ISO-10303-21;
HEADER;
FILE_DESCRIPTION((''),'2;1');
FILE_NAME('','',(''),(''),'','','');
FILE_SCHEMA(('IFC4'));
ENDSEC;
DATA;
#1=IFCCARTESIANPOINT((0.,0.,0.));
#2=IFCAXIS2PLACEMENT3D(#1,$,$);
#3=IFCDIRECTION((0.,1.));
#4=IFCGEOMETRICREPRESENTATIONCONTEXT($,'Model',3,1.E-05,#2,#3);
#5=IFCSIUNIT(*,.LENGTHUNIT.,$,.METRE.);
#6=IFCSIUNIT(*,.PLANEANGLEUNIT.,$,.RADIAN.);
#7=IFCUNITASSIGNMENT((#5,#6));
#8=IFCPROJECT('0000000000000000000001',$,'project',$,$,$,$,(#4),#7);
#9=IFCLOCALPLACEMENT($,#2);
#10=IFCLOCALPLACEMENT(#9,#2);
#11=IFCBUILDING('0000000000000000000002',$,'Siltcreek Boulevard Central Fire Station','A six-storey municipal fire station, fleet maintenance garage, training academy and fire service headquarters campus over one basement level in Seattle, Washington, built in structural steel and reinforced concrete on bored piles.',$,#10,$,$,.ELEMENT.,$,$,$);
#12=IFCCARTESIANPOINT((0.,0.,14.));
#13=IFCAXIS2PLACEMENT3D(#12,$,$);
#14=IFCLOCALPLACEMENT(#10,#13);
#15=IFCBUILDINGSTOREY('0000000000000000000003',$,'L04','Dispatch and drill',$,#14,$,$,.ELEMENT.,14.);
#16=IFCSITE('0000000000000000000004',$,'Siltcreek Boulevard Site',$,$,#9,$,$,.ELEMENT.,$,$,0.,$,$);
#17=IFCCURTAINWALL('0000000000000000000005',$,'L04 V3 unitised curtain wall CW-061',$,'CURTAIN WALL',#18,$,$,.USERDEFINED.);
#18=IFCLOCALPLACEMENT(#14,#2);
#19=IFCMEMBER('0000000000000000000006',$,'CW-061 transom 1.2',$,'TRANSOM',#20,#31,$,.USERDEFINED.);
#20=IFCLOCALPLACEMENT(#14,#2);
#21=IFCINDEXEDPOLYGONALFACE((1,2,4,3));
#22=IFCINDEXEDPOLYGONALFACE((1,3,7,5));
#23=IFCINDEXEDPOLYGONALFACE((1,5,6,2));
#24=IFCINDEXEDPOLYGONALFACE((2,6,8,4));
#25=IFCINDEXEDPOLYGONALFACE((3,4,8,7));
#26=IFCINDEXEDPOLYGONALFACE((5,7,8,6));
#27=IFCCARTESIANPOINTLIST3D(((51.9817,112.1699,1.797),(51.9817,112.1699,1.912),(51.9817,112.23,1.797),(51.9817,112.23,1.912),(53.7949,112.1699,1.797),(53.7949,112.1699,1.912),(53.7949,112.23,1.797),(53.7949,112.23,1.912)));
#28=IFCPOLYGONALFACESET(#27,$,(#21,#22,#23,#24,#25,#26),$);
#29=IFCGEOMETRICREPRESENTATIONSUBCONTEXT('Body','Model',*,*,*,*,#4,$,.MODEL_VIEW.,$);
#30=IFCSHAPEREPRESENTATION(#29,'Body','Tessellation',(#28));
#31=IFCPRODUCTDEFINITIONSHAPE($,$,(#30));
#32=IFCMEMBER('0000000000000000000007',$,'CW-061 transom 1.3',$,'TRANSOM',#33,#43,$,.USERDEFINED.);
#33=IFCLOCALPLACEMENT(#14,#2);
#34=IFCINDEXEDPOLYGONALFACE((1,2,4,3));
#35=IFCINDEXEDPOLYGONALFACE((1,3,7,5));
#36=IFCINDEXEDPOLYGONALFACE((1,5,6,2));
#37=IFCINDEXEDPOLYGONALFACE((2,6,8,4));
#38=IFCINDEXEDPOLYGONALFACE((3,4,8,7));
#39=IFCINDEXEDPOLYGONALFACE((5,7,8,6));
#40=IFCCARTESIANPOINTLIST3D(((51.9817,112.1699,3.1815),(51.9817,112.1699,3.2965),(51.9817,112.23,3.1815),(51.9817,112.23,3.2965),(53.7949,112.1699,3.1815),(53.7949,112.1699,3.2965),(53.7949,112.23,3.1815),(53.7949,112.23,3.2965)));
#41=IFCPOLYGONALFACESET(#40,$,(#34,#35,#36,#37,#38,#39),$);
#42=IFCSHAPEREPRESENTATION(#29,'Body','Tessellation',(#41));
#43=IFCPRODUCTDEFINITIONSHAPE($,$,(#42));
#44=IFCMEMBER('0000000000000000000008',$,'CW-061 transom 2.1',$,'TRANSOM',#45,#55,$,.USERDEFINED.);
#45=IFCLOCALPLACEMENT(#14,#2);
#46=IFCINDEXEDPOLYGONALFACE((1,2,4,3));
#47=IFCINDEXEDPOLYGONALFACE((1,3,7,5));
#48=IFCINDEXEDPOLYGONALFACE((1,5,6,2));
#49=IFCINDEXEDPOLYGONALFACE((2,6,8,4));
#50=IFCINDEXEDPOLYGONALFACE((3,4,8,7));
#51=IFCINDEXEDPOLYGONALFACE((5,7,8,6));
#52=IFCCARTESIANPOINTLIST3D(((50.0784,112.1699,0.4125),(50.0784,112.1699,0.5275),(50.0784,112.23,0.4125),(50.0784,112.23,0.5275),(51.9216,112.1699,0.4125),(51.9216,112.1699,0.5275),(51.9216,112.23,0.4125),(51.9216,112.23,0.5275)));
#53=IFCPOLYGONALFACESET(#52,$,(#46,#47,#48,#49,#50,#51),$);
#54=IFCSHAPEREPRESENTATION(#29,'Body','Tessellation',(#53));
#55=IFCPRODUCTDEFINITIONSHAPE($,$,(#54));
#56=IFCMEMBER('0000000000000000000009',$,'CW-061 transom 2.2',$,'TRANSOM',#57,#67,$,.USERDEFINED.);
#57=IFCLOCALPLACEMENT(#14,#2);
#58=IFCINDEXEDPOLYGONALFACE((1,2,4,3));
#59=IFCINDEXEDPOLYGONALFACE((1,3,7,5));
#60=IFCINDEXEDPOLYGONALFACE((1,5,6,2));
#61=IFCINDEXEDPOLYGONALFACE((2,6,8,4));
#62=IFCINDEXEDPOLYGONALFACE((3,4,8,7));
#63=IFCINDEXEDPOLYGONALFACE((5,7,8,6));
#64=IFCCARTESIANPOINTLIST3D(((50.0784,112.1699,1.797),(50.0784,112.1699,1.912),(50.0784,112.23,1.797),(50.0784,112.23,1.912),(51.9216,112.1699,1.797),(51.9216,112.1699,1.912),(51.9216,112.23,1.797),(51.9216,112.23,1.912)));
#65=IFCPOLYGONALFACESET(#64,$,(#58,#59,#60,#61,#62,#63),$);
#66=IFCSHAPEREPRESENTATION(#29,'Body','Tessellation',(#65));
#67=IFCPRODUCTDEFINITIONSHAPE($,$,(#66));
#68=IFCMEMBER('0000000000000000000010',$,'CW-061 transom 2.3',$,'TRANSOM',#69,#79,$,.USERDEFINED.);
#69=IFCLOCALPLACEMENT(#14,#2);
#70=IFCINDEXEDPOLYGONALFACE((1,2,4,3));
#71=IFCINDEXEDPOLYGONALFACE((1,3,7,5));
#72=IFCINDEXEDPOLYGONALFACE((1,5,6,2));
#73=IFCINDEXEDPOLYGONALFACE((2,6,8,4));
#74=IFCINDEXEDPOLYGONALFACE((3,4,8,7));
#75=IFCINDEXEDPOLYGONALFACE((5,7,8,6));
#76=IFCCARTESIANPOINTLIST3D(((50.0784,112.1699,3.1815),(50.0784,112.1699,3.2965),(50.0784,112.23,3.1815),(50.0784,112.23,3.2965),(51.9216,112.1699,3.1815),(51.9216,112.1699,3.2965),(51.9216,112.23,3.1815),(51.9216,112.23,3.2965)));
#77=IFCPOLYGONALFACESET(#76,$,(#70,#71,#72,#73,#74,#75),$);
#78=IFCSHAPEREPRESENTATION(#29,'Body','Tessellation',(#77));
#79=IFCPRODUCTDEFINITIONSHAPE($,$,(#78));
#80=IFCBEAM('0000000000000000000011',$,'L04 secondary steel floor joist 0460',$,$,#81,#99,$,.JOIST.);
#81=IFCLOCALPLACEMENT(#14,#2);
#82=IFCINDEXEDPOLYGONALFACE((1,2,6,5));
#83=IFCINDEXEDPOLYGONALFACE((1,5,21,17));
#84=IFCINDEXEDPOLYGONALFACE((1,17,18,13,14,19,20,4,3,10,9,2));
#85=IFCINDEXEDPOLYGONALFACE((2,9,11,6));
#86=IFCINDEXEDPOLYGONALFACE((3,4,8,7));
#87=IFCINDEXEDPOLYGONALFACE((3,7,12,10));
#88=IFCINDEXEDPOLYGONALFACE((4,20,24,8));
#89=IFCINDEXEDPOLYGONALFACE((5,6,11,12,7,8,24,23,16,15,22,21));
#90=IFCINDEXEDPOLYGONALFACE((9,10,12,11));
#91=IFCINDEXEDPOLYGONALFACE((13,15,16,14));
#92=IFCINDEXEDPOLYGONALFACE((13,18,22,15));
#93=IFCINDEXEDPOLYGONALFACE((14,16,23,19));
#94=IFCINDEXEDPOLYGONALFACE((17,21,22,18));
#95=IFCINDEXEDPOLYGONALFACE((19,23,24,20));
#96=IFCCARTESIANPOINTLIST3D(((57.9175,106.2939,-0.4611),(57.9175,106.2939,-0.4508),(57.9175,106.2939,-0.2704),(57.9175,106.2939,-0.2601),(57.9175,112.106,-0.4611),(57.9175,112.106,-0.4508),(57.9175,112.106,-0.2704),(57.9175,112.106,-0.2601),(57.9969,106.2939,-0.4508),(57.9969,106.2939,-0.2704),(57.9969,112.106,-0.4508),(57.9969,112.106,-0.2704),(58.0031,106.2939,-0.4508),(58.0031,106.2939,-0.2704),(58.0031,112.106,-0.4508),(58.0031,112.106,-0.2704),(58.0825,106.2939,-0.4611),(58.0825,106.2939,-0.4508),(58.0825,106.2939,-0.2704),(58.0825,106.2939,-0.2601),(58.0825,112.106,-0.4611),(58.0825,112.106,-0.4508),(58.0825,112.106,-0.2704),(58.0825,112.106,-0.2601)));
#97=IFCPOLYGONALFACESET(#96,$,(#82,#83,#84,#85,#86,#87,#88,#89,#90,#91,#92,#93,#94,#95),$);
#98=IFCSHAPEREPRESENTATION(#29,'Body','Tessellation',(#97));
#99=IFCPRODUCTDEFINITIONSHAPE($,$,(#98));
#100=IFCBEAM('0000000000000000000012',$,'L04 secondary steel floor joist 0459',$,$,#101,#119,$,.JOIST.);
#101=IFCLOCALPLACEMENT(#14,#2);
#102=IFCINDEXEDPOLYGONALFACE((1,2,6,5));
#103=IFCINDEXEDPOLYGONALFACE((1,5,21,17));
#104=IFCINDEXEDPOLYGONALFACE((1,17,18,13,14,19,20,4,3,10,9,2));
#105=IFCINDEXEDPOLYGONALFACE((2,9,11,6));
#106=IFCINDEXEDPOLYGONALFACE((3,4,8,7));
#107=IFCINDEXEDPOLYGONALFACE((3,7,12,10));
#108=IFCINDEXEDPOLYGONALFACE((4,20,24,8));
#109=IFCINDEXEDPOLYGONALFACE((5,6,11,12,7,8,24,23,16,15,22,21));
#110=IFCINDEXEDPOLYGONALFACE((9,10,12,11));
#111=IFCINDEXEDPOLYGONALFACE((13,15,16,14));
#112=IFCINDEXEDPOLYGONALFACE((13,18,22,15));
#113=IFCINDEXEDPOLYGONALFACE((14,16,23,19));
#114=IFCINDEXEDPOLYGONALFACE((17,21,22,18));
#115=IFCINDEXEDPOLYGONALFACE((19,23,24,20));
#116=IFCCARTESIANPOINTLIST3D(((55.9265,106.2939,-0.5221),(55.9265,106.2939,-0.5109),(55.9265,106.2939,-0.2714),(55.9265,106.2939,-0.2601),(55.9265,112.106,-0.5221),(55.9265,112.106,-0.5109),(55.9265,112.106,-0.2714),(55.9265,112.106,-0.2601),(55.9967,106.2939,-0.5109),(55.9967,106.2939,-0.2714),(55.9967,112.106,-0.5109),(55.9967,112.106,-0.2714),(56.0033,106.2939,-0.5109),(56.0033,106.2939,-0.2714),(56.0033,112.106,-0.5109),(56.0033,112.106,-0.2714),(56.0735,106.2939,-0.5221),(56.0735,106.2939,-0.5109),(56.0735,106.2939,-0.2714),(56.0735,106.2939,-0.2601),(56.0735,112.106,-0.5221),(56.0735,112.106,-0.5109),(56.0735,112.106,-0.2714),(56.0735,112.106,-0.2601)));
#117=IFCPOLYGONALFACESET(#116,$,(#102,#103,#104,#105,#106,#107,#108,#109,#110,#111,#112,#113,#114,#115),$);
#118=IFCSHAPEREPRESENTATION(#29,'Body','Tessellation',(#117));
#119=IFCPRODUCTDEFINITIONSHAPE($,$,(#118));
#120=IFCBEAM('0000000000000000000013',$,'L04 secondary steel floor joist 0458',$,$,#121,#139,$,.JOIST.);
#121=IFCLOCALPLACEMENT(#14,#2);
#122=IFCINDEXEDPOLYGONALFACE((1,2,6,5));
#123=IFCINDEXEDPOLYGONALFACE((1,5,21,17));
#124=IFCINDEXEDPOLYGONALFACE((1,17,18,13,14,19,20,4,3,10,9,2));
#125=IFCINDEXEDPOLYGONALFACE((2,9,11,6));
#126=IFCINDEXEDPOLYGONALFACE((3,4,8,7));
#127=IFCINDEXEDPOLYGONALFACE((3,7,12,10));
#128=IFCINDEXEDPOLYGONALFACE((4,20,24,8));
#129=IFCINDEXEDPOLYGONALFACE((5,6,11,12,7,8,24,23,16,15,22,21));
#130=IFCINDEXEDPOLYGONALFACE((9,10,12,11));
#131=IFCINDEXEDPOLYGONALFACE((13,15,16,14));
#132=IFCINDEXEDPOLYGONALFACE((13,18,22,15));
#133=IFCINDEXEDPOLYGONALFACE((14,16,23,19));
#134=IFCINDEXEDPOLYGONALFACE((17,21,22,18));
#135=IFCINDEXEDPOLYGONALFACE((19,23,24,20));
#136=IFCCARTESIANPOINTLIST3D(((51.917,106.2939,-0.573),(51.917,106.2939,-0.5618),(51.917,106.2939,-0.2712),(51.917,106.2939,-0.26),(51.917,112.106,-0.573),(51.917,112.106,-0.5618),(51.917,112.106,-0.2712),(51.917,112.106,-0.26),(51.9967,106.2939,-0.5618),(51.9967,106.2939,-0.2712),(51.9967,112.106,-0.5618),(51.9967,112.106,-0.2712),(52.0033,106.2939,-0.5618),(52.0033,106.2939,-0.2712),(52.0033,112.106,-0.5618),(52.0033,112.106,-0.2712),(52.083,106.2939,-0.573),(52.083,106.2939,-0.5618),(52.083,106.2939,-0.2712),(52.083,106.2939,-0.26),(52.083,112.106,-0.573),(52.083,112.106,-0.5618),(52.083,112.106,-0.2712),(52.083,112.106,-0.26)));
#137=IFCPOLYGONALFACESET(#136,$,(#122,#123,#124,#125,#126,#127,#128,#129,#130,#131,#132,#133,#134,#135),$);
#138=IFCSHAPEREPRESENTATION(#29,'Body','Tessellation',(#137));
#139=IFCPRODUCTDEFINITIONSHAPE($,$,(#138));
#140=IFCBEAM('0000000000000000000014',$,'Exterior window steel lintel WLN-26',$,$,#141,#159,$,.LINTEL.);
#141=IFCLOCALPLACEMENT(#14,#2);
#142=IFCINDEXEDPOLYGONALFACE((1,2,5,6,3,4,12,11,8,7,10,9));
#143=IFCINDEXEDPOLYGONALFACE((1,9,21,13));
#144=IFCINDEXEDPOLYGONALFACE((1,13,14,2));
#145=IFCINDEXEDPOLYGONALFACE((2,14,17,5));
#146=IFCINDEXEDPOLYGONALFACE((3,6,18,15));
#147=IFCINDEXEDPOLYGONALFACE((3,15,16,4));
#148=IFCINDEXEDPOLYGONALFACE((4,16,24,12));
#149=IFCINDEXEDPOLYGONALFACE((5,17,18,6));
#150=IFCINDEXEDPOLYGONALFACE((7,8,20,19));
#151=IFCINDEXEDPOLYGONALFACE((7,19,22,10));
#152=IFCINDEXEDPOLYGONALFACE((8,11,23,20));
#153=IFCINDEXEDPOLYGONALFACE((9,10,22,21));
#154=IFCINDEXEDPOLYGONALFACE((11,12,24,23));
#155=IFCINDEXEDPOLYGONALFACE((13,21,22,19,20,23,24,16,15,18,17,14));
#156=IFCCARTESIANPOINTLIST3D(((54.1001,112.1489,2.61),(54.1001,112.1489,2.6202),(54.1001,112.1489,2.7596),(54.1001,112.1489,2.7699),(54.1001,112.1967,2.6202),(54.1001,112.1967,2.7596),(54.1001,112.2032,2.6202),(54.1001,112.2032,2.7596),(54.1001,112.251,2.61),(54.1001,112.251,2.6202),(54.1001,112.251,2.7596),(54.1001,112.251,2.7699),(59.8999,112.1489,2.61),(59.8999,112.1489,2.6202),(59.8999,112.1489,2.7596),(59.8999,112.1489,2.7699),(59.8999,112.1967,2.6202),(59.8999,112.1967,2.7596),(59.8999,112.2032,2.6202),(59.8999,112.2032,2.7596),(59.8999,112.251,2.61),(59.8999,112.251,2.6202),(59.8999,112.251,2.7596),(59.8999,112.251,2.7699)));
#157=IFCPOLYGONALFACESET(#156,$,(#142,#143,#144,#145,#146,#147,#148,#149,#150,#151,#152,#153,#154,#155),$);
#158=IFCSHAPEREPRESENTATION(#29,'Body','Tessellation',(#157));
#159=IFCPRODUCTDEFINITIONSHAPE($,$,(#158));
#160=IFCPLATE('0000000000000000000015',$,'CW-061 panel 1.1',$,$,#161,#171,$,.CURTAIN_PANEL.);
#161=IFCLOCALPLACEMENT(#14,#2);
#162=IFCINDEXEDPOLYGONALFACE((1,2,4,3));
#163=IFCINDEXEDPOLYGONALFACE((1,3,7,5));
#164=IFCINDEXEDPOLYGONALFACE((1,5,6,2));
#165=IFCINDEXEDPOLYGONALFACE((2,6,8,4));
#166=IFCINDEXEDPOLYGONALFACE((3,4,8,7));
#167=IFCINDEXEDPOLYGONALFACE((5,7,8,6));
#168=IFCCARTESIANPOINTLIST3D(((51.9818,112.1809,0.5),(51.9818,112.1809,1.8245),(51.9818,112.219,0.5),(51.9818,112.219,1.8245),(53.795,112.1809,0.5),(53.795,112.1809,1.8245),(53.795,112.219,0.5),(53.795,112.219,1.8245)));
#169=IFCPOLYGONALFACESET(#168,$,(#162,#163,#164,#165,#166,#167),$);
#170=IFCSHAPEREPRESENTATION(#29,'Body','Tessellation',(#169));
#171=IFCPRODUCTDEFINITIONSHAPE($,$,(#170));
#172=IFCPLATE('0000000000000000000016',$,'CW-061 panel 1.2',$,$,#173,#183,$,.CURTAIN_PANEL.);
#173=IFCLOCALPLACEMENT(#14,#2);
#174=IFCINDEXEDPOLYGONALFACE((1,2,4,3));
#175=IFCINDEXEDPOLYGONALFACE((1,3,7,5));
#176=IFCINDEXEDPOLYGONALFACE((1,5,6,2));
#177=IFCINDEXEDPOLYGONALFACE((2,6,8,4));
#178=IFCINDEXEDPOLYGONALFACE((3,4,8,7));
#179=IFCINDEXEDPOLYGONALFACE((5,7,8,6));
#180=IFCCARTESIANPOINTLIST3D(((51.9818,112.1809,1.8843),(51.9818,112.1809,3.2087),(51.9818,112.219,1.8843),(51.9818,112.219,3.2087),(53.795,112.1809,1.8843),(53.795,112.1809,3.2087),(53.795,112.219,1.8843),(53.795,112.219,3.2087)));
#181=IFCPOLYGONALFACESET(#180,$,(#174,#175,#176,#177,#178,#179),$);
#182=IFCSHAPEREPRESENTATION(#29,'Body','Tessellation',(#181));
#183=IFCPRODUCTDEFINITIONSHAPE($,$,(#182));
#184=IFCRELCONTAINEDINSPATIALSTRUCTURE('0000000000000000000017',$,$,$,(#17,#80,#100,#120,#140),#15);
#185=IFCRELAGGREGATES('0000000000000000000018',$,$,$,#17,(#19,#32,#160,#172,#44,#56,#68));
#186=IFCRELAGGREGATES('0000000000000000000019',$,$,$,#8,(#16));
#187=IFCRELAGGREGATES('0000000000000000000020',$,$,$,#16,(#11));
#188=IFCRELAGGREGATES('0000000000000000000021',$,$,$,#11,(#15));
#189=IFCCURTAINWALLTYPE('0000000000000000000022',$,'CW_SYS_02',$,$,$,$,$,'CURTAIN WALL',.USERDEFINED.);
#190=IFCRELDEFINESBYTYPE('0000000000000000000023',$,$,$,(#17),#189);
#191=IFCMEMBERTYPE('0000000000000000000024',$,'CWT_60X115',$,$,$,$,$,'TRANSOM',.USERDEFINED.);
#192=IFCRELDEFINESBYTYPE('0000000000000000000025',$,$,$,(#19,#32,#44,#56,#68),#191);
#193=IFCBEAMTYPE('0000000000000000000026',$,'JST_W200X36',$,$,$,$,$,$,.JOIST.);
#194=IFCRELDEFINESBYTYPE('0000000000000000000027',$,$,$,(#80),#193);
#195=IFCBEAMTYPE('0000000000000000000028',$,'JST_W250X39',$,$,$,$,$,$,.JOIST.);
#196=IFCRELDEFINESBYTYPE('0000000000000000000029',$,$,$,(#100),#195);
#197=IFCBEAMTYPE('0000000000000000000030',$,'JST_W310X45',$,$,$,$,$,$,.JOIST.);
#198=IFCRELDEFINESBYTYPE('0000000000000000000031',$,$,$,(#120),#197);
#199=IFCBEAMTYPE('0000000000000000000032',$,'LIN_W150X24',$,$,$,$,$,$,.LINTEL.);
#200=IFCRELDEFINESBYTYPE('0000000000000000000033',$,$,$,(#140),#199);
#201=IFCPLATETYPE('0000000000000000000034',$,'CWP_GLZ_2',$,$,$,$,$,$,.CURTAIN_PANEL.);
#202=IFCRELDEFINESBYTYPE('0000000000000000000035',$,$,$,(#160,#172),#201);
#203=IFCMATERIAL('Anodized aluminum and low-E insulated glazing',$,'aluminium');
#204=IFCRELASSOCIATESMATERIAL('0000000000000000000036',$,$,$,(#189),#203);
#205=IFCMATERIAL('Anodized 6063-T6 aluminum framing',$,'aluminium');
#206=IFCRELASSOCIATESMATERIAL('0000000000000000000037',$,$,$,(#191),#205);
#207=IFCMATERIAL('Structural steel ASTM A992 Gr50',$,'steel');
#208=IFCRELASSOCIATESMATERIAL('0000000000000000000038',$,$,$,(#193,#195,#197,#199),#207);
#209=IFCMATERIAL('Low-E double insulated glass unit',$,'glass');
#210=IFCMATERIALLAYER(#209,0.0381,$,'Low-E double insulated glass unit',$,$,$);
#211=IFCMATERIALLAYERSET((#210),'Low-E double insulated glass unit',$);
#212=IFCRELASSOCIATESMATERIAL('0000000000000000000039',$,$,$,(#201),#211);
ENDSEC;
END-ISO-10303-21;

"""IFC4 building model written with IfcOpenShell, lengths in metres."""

from ifc_helpers import new_model, si_unit, direction, frame, origin, origin_2d, place, context, subcontext, project, spatial, rectangle, i_section, extrude, material, layer, layer_set, material_profile, profile_set, type_object, element, aggregate, save


model = new_model("IFC4")

# Units and contexts
model_context = context("Model", 3, precision=1e-05, world=origin(), true_north=direction((0.0, 1.0)))
body_context = subcontext(model_context, "Body", "Model", "MODEL_VIEW")
ifc_project = project(units=[si_unit("LENGTHUNIT", "METRE"), si_unit("PLANEANGLEUNIT", "RADIAN")], contexts=[model_context])

# Site, building, storey
site_placement = place(None, origin())
site = spatial("IfcSite", under=ifc_project, at=site_placement, Name="Siltcreek Boulevard Site", CompositionType="ELEMENT", RefElevation=0.0)
building_placement = place(site_placement, origin())
building = spatial("IfcBuilding", under=site, at=building_placement, Name="Siltcreek Boulevard Central Fire Station", Description="A six-storey municipal fire station, fleet maintenance garage, training academy and fire service headquarters campus over one basement level in Seattle, Washington, built in structural steel and reinforced concrete on bored piles.", CompositionType="ELEMENT")
storey_placement = place(building_placement, frame((0.0, 0.0, 14.0)))
storey = spatial("IfcBuildingStorey", under=building, at=storey_placement, Name="L04", Description="Dispatch and drill", CompositionType="ELEMENT", Elevation=14.0)

# Shared definitions
ifc_material_1 = material(Name="Structural steel ASTM A992 Gr50", Category="steel")

# Curtain wall, members
ifc_material_2 = material(Name="Anodized aluminum and low-E insulated glazing", Category="aluminium")
curtain_wall_type = type_object("IfcCurtainWallType", Name="CW_SYS_02", ElementType="CURTAIN WALL", PredefinedType="USERDEFINED", material=ifc_material_2)
curtain_wall_placement = place(storey_placement, origin())
curtain_wall = element("IfcCurtainWall", 1, at=curtain_wall_placement, inside=storey, type_object=curtain_wall_type, Name="L04 V3 unitised curtain wall CW-061", ObjectType="CURTAIN WALL", PredefinedType="USERDEFINED")
ifc_material_3 = material(Name="Anodized 6063-T6 aluminum framing", Category="aluminium")
ifc_material_profile_1 = material_profile(ifc_material_3, rectangle(XDim=0.0601, YDim=0.115, at=origin_2d()), Name="TRAN60X115")
ifc_profile_set_1 = profile_set([ifc_material_profile_1], Name="Anodized 6063-T6 aluminum framing")
member_type_1 = type_object("IfcMemberType", Name="CWT_60X115", ElementType="TRANSOM", PredefinedType="USERDEFINED", material=ifc_profile_set_1)
member_1_placement = place(storey_placement, frame((53.7949, 112.2, 1.8545), z_axis=(-1.0, 0.0, 0.0), x_axis=(0.0, -1.0, 0.0)))
member_1 = element("IfcMember", 2, at=member_1_placement, type_object=member_type_1, Name="CW-061 transom 1.2", ObjectType="TRANSOM", PredefinedType="USERDEFINED", context=body_context, shape_type="SweptSolid", body=[
    extrude(rectangle(XDim=0.0601, YDim=0.115, at=origin_2d()), origin(), (0.0, 0.0, 1.0), 1.8132),
])
member_2_placement = place(storey_placement, frame((53.7949, 112.2, 3.239), z_axis=(-1.0, 0.0, 0.0), x_axis=(0.0, -1.0, 0.0)))
member_2 = element("IfcMember", 3, at=member_2_placement, type_object=member_type_1, Name="CW-061 transom 1.3", ObjectType="TRANSOM", PredefinedType="USERDEFINED", context=body_context, shape_type="SweptSolid", body=[
    extrude(rectangle(XDim=0.0601, YDim=0.115, at=origin_2d()), origin(), (0.0, 0.0, 1.0), 1.8132),
])
member_3_placement = place(storey_placement, frame((51.9216, 112.2, 0.47), z_axis=(-1.0, 0.0, 0.0), x_axis=(0.0, -1.0, 0.0)))
member_3 = element("IfcMember", 4, at=member_3_placement, type_object=member_type_1, Name="CW-061 transom 2.1", ObjectType="TRANSOM", PredefinedType="USERDEFINED", context=body_context, shape_type="SweptSolid", body=[
    extrude(rectangle(XDim=0.0601, YDim=0.115, at=origin_2d()), origin(), (0.0, 0.0, 1.0), 1.8433),
])
member_4_placement = place(storey_placement, frame((51.9216, 112.2, 1.8545), z_axis=(-1.0, 0.0, 0.0), x_axis=(0.0, -1.0, 0.0)))
member_4 = element("IfcMember", 5, at=member_4_placement, type_object=member_type_1, Name="CW-061 transom 2.2", ObjectType="TRANSOM", PredefinedType="USERDEFINED", context=body_context, shape_type="SweptSolid", body=[
    extrude(rectangle(XDim=0.0601, YDim=0.115, at=origin_2d()), origin(), (0.0, 0.0, 1.0), 1.8433),
])
member_5_placement = place(storey_placement, frame((51.9216, 112.2, 3.239), z_axis=(-1.0, 0.0, 0.0), x_axis=(0.0, -1.0, 0.0)))
member_5 = element("IfcMember", 6, at=member_5_placement, type_object=member_type_1, Name="CW-061 transom 2.3", ObjectType="TRANSOM", PredefinedType="USERDEFINED", context=body_context, shape_type="SweptSolid", body=[
    extrude(rectangle(XDim=0.0601, YDim=0.115, at=origin_2d()), origin(), (0.0, 0.0, 1.0), 1.8433),
])

# Beams
ifc_material_profile_2 = material_profile(ifc_material_1, i_section(OverallWidth=0.165, OverallDepth=0.2009, WebThickness=0.0061, FlangeThickness=0.0103, at=origin_2d()), Name="W200X36")
ifc_profile_set_2 = profile_set([ifc_material_profile_2], Name="Structural steel ASTM A992 Gr50")
beam_type_1 = type_object("IfcBeamType", Name="JST_W200X36", PredefinedType="JOIST", material=ifc_profile_set_2)
beam_1_placement = place(storey_placement, frame((58.0, 106.2939, -0.3606), z_axis=(0.0, 1.0, 0.0), x_axis=(-1.0, 0.0, 0.0)))
element("IfcBeam", 7, at=beam_1_placement, inside=storey, type_object=beam_type_1, Name="L04 secondary steel floor joist 0460", PredefinedType="JOIST", context=body_context, shape_type="SweptSolid", body=[
    extrude(i_section(OverallWidth=0.165, OverallDepth=0.2009, WebThickness=0.0061, FlangeThickness=0.0103, at=origin_2d()), origin(), (0.0, 0.0, 1.0), 5.812),
])
ifc_material_profile_3 = material_profile(ifc_material_1, i_section(OverallWidth=0.147, OverallDepth=0.262, WebThickness=0.0066, FlangeThickness=0.0112, at=origin_2d()), Name="W250X39")
ifc_profile_set_3 = profile_set([ifc_material_profile_3], Name="Structural steel ASTM A992 Gr50")
beam_type_2 = type_object("IfcBeamType", Name="JST_W250X39", PredefinedType="JOIST", material=ifc_profile_set_3)
beam_2_placement = place(storey_placement, frame((56.0, 106.2939, -0.3911), z_axis=(0.0, 1.0, 0.0), x_axis=(-1.0, 0.0, 0.0)))
element("IfcBeam", 8, at=beam_2_placement, inside=storey, type_object=beam_type_2, Name="L04 secondary steel floor joist 0459", PredefinedType="JOIST", context=body_context, shape_type="SweptSolid", body=[
    extrude(i_section(OverallWidth=0.147, OverallDepth=0.262, WebThickness=0.0066, FlangeThickness=0.0112, at=origin_2d()), origin(), (0.0, 0.0, 1.0), 5.812),
])
ifc_material_profile_4 = material_profile(ifc_material_1, i_section(OverallWidth=0.166, OverallDepth=0.313, WebThickness=0.0066, FlangeThickness=0.0112, at=origin_2d()), Name="W310X45")
ifc_profile_set_4 = profile_set([ifc_material_profile_4], Name="Structural steel ASTM A992 Gr50")
beam_type_3 = type_object("IfcBeamType", Name="JST_W310X45", PredefinedType="JOIST", material=ifc_profile_set_4)
beam_3_placement = place(storey_placement, frame((52.0, 106.2939, -0.4165), z_axis=(0.0, 1.0, 0.0), x_axis=(-1.0, 0.0, 0.0)))
element("IfcBeam", 9, at=beam_3_placement, inside=storey, type_object=beam_type_3, Name="L04 secondary steel floor joist 0458", PredefinedType="JOIST", context=body_context, shape_type="SweptSolid", body=[
    extrude(i_section(OverallWidth=0.166, OverallDepth=0.313, WebThickness=0.0066, FlangeThickness=0.0112, at=origin_2d()), origin(), (0.0, 0.0, 1.0), 5.812),
])
ifc_material_profile_5 = material_profile(ifc_material_1, i_section(OverallWidth=0.1021, OverallDepth=0.1599, WebThickness=0.0066, FlangeThickness=0.0103, at=origin_2d()), Name="W150X24")
ifc_profile_set_5 = profile_set([ifc_material_profile_5], Name="Structural steel ASTM A992 Gr50")
beam_type_4 = type_object("IfcBeamType", Name="LIN_W150X24", PredefinedType="LINTEL", material=ifc_profile_set_5)
beam_4_placement = place(storey_placement, frame((59.8999, 112.2, 2.6899), z_axis=(-1.0, 0.0, 0.0), x_axis=(0.0, -1.0, 0.0)))
element("IfcBeam", 10, at=beam_4_placement, inside=storey, type_object=beam_type_4, Name="Exterior window steel lintel WLN-26", PredefinedType="LINTEL", context=body_context, shape_type="SweptSolid", body=[
    extrude(i_section(OverallWidth=0.1021, OverallDepth=0.1599, WebThickness=0.0066, FlangeThickness=0.0103, at=origin_2d()), origin(), (0.0, 0.0, 1.0), 5.7998),
])

# Plates
ifc_material_4 = material(Name="Low-E double insulated glass unit", Category="glass")
ifc_layer_1 = layer(ifc_material_4, 0.0381, Name="Low-E double insulated glass unit")
ifc_layer_set_1 = layer_set([ifc_layer_1], Name="Low-E double insulated glass unit")
plate_type = type_object("IfcPlateType", Name="CWP_GLZ_2", PredefinedType="CURTAIN_PANEL", material=ifc_layer_set_1)
plate_1_placement = place(storey_placement, frame((52.8884, 112.2, 0.5), z_axis=(0.0, 0.0, 1.0), x_axis=(-1.0, 0.0, 0.0)))
plate_1 = element("IfcPlate", 11, at=plate_1_placement, type_object=plate_type, Name="CW-061 panel 1.1", PredefinedType="CURTAIN_PANEL", context=body_context, shape_type="SweptSolid", body=[
    extrude(rectangle(XDim=1.8132, YDim=0.0381, at=origin_2d()), origin(), (0.0, 0.0, 1.0), 1.3245),
])
plate_2_placement = place(storey_placement, frame((52.8884, 112.2, 1.8843), z_axis=(0.0, 0.0, 1.0), x_axis=(-1.0, 0.0, 0.0)))
plate_2 = element("IfcPlate", 12, at=plate_2_placement, type_object=plate_type, Name="CW-061 panel 1.2", PredefinedType="CURTAIN_PANEL", context=body_context, shape_type="SweptSolid", body=[
    extrude(rectangle(XDim=1.8132, YDim=0.0381, at=origin_2d()), origin(), (0.0, 0.0, 1.0), 1.3245),
])
aggregate(curtain_wall, [member_1, member_2, plate_1, plate_2, member_3, member_4, member_5])

save(model, "model.ifc")
